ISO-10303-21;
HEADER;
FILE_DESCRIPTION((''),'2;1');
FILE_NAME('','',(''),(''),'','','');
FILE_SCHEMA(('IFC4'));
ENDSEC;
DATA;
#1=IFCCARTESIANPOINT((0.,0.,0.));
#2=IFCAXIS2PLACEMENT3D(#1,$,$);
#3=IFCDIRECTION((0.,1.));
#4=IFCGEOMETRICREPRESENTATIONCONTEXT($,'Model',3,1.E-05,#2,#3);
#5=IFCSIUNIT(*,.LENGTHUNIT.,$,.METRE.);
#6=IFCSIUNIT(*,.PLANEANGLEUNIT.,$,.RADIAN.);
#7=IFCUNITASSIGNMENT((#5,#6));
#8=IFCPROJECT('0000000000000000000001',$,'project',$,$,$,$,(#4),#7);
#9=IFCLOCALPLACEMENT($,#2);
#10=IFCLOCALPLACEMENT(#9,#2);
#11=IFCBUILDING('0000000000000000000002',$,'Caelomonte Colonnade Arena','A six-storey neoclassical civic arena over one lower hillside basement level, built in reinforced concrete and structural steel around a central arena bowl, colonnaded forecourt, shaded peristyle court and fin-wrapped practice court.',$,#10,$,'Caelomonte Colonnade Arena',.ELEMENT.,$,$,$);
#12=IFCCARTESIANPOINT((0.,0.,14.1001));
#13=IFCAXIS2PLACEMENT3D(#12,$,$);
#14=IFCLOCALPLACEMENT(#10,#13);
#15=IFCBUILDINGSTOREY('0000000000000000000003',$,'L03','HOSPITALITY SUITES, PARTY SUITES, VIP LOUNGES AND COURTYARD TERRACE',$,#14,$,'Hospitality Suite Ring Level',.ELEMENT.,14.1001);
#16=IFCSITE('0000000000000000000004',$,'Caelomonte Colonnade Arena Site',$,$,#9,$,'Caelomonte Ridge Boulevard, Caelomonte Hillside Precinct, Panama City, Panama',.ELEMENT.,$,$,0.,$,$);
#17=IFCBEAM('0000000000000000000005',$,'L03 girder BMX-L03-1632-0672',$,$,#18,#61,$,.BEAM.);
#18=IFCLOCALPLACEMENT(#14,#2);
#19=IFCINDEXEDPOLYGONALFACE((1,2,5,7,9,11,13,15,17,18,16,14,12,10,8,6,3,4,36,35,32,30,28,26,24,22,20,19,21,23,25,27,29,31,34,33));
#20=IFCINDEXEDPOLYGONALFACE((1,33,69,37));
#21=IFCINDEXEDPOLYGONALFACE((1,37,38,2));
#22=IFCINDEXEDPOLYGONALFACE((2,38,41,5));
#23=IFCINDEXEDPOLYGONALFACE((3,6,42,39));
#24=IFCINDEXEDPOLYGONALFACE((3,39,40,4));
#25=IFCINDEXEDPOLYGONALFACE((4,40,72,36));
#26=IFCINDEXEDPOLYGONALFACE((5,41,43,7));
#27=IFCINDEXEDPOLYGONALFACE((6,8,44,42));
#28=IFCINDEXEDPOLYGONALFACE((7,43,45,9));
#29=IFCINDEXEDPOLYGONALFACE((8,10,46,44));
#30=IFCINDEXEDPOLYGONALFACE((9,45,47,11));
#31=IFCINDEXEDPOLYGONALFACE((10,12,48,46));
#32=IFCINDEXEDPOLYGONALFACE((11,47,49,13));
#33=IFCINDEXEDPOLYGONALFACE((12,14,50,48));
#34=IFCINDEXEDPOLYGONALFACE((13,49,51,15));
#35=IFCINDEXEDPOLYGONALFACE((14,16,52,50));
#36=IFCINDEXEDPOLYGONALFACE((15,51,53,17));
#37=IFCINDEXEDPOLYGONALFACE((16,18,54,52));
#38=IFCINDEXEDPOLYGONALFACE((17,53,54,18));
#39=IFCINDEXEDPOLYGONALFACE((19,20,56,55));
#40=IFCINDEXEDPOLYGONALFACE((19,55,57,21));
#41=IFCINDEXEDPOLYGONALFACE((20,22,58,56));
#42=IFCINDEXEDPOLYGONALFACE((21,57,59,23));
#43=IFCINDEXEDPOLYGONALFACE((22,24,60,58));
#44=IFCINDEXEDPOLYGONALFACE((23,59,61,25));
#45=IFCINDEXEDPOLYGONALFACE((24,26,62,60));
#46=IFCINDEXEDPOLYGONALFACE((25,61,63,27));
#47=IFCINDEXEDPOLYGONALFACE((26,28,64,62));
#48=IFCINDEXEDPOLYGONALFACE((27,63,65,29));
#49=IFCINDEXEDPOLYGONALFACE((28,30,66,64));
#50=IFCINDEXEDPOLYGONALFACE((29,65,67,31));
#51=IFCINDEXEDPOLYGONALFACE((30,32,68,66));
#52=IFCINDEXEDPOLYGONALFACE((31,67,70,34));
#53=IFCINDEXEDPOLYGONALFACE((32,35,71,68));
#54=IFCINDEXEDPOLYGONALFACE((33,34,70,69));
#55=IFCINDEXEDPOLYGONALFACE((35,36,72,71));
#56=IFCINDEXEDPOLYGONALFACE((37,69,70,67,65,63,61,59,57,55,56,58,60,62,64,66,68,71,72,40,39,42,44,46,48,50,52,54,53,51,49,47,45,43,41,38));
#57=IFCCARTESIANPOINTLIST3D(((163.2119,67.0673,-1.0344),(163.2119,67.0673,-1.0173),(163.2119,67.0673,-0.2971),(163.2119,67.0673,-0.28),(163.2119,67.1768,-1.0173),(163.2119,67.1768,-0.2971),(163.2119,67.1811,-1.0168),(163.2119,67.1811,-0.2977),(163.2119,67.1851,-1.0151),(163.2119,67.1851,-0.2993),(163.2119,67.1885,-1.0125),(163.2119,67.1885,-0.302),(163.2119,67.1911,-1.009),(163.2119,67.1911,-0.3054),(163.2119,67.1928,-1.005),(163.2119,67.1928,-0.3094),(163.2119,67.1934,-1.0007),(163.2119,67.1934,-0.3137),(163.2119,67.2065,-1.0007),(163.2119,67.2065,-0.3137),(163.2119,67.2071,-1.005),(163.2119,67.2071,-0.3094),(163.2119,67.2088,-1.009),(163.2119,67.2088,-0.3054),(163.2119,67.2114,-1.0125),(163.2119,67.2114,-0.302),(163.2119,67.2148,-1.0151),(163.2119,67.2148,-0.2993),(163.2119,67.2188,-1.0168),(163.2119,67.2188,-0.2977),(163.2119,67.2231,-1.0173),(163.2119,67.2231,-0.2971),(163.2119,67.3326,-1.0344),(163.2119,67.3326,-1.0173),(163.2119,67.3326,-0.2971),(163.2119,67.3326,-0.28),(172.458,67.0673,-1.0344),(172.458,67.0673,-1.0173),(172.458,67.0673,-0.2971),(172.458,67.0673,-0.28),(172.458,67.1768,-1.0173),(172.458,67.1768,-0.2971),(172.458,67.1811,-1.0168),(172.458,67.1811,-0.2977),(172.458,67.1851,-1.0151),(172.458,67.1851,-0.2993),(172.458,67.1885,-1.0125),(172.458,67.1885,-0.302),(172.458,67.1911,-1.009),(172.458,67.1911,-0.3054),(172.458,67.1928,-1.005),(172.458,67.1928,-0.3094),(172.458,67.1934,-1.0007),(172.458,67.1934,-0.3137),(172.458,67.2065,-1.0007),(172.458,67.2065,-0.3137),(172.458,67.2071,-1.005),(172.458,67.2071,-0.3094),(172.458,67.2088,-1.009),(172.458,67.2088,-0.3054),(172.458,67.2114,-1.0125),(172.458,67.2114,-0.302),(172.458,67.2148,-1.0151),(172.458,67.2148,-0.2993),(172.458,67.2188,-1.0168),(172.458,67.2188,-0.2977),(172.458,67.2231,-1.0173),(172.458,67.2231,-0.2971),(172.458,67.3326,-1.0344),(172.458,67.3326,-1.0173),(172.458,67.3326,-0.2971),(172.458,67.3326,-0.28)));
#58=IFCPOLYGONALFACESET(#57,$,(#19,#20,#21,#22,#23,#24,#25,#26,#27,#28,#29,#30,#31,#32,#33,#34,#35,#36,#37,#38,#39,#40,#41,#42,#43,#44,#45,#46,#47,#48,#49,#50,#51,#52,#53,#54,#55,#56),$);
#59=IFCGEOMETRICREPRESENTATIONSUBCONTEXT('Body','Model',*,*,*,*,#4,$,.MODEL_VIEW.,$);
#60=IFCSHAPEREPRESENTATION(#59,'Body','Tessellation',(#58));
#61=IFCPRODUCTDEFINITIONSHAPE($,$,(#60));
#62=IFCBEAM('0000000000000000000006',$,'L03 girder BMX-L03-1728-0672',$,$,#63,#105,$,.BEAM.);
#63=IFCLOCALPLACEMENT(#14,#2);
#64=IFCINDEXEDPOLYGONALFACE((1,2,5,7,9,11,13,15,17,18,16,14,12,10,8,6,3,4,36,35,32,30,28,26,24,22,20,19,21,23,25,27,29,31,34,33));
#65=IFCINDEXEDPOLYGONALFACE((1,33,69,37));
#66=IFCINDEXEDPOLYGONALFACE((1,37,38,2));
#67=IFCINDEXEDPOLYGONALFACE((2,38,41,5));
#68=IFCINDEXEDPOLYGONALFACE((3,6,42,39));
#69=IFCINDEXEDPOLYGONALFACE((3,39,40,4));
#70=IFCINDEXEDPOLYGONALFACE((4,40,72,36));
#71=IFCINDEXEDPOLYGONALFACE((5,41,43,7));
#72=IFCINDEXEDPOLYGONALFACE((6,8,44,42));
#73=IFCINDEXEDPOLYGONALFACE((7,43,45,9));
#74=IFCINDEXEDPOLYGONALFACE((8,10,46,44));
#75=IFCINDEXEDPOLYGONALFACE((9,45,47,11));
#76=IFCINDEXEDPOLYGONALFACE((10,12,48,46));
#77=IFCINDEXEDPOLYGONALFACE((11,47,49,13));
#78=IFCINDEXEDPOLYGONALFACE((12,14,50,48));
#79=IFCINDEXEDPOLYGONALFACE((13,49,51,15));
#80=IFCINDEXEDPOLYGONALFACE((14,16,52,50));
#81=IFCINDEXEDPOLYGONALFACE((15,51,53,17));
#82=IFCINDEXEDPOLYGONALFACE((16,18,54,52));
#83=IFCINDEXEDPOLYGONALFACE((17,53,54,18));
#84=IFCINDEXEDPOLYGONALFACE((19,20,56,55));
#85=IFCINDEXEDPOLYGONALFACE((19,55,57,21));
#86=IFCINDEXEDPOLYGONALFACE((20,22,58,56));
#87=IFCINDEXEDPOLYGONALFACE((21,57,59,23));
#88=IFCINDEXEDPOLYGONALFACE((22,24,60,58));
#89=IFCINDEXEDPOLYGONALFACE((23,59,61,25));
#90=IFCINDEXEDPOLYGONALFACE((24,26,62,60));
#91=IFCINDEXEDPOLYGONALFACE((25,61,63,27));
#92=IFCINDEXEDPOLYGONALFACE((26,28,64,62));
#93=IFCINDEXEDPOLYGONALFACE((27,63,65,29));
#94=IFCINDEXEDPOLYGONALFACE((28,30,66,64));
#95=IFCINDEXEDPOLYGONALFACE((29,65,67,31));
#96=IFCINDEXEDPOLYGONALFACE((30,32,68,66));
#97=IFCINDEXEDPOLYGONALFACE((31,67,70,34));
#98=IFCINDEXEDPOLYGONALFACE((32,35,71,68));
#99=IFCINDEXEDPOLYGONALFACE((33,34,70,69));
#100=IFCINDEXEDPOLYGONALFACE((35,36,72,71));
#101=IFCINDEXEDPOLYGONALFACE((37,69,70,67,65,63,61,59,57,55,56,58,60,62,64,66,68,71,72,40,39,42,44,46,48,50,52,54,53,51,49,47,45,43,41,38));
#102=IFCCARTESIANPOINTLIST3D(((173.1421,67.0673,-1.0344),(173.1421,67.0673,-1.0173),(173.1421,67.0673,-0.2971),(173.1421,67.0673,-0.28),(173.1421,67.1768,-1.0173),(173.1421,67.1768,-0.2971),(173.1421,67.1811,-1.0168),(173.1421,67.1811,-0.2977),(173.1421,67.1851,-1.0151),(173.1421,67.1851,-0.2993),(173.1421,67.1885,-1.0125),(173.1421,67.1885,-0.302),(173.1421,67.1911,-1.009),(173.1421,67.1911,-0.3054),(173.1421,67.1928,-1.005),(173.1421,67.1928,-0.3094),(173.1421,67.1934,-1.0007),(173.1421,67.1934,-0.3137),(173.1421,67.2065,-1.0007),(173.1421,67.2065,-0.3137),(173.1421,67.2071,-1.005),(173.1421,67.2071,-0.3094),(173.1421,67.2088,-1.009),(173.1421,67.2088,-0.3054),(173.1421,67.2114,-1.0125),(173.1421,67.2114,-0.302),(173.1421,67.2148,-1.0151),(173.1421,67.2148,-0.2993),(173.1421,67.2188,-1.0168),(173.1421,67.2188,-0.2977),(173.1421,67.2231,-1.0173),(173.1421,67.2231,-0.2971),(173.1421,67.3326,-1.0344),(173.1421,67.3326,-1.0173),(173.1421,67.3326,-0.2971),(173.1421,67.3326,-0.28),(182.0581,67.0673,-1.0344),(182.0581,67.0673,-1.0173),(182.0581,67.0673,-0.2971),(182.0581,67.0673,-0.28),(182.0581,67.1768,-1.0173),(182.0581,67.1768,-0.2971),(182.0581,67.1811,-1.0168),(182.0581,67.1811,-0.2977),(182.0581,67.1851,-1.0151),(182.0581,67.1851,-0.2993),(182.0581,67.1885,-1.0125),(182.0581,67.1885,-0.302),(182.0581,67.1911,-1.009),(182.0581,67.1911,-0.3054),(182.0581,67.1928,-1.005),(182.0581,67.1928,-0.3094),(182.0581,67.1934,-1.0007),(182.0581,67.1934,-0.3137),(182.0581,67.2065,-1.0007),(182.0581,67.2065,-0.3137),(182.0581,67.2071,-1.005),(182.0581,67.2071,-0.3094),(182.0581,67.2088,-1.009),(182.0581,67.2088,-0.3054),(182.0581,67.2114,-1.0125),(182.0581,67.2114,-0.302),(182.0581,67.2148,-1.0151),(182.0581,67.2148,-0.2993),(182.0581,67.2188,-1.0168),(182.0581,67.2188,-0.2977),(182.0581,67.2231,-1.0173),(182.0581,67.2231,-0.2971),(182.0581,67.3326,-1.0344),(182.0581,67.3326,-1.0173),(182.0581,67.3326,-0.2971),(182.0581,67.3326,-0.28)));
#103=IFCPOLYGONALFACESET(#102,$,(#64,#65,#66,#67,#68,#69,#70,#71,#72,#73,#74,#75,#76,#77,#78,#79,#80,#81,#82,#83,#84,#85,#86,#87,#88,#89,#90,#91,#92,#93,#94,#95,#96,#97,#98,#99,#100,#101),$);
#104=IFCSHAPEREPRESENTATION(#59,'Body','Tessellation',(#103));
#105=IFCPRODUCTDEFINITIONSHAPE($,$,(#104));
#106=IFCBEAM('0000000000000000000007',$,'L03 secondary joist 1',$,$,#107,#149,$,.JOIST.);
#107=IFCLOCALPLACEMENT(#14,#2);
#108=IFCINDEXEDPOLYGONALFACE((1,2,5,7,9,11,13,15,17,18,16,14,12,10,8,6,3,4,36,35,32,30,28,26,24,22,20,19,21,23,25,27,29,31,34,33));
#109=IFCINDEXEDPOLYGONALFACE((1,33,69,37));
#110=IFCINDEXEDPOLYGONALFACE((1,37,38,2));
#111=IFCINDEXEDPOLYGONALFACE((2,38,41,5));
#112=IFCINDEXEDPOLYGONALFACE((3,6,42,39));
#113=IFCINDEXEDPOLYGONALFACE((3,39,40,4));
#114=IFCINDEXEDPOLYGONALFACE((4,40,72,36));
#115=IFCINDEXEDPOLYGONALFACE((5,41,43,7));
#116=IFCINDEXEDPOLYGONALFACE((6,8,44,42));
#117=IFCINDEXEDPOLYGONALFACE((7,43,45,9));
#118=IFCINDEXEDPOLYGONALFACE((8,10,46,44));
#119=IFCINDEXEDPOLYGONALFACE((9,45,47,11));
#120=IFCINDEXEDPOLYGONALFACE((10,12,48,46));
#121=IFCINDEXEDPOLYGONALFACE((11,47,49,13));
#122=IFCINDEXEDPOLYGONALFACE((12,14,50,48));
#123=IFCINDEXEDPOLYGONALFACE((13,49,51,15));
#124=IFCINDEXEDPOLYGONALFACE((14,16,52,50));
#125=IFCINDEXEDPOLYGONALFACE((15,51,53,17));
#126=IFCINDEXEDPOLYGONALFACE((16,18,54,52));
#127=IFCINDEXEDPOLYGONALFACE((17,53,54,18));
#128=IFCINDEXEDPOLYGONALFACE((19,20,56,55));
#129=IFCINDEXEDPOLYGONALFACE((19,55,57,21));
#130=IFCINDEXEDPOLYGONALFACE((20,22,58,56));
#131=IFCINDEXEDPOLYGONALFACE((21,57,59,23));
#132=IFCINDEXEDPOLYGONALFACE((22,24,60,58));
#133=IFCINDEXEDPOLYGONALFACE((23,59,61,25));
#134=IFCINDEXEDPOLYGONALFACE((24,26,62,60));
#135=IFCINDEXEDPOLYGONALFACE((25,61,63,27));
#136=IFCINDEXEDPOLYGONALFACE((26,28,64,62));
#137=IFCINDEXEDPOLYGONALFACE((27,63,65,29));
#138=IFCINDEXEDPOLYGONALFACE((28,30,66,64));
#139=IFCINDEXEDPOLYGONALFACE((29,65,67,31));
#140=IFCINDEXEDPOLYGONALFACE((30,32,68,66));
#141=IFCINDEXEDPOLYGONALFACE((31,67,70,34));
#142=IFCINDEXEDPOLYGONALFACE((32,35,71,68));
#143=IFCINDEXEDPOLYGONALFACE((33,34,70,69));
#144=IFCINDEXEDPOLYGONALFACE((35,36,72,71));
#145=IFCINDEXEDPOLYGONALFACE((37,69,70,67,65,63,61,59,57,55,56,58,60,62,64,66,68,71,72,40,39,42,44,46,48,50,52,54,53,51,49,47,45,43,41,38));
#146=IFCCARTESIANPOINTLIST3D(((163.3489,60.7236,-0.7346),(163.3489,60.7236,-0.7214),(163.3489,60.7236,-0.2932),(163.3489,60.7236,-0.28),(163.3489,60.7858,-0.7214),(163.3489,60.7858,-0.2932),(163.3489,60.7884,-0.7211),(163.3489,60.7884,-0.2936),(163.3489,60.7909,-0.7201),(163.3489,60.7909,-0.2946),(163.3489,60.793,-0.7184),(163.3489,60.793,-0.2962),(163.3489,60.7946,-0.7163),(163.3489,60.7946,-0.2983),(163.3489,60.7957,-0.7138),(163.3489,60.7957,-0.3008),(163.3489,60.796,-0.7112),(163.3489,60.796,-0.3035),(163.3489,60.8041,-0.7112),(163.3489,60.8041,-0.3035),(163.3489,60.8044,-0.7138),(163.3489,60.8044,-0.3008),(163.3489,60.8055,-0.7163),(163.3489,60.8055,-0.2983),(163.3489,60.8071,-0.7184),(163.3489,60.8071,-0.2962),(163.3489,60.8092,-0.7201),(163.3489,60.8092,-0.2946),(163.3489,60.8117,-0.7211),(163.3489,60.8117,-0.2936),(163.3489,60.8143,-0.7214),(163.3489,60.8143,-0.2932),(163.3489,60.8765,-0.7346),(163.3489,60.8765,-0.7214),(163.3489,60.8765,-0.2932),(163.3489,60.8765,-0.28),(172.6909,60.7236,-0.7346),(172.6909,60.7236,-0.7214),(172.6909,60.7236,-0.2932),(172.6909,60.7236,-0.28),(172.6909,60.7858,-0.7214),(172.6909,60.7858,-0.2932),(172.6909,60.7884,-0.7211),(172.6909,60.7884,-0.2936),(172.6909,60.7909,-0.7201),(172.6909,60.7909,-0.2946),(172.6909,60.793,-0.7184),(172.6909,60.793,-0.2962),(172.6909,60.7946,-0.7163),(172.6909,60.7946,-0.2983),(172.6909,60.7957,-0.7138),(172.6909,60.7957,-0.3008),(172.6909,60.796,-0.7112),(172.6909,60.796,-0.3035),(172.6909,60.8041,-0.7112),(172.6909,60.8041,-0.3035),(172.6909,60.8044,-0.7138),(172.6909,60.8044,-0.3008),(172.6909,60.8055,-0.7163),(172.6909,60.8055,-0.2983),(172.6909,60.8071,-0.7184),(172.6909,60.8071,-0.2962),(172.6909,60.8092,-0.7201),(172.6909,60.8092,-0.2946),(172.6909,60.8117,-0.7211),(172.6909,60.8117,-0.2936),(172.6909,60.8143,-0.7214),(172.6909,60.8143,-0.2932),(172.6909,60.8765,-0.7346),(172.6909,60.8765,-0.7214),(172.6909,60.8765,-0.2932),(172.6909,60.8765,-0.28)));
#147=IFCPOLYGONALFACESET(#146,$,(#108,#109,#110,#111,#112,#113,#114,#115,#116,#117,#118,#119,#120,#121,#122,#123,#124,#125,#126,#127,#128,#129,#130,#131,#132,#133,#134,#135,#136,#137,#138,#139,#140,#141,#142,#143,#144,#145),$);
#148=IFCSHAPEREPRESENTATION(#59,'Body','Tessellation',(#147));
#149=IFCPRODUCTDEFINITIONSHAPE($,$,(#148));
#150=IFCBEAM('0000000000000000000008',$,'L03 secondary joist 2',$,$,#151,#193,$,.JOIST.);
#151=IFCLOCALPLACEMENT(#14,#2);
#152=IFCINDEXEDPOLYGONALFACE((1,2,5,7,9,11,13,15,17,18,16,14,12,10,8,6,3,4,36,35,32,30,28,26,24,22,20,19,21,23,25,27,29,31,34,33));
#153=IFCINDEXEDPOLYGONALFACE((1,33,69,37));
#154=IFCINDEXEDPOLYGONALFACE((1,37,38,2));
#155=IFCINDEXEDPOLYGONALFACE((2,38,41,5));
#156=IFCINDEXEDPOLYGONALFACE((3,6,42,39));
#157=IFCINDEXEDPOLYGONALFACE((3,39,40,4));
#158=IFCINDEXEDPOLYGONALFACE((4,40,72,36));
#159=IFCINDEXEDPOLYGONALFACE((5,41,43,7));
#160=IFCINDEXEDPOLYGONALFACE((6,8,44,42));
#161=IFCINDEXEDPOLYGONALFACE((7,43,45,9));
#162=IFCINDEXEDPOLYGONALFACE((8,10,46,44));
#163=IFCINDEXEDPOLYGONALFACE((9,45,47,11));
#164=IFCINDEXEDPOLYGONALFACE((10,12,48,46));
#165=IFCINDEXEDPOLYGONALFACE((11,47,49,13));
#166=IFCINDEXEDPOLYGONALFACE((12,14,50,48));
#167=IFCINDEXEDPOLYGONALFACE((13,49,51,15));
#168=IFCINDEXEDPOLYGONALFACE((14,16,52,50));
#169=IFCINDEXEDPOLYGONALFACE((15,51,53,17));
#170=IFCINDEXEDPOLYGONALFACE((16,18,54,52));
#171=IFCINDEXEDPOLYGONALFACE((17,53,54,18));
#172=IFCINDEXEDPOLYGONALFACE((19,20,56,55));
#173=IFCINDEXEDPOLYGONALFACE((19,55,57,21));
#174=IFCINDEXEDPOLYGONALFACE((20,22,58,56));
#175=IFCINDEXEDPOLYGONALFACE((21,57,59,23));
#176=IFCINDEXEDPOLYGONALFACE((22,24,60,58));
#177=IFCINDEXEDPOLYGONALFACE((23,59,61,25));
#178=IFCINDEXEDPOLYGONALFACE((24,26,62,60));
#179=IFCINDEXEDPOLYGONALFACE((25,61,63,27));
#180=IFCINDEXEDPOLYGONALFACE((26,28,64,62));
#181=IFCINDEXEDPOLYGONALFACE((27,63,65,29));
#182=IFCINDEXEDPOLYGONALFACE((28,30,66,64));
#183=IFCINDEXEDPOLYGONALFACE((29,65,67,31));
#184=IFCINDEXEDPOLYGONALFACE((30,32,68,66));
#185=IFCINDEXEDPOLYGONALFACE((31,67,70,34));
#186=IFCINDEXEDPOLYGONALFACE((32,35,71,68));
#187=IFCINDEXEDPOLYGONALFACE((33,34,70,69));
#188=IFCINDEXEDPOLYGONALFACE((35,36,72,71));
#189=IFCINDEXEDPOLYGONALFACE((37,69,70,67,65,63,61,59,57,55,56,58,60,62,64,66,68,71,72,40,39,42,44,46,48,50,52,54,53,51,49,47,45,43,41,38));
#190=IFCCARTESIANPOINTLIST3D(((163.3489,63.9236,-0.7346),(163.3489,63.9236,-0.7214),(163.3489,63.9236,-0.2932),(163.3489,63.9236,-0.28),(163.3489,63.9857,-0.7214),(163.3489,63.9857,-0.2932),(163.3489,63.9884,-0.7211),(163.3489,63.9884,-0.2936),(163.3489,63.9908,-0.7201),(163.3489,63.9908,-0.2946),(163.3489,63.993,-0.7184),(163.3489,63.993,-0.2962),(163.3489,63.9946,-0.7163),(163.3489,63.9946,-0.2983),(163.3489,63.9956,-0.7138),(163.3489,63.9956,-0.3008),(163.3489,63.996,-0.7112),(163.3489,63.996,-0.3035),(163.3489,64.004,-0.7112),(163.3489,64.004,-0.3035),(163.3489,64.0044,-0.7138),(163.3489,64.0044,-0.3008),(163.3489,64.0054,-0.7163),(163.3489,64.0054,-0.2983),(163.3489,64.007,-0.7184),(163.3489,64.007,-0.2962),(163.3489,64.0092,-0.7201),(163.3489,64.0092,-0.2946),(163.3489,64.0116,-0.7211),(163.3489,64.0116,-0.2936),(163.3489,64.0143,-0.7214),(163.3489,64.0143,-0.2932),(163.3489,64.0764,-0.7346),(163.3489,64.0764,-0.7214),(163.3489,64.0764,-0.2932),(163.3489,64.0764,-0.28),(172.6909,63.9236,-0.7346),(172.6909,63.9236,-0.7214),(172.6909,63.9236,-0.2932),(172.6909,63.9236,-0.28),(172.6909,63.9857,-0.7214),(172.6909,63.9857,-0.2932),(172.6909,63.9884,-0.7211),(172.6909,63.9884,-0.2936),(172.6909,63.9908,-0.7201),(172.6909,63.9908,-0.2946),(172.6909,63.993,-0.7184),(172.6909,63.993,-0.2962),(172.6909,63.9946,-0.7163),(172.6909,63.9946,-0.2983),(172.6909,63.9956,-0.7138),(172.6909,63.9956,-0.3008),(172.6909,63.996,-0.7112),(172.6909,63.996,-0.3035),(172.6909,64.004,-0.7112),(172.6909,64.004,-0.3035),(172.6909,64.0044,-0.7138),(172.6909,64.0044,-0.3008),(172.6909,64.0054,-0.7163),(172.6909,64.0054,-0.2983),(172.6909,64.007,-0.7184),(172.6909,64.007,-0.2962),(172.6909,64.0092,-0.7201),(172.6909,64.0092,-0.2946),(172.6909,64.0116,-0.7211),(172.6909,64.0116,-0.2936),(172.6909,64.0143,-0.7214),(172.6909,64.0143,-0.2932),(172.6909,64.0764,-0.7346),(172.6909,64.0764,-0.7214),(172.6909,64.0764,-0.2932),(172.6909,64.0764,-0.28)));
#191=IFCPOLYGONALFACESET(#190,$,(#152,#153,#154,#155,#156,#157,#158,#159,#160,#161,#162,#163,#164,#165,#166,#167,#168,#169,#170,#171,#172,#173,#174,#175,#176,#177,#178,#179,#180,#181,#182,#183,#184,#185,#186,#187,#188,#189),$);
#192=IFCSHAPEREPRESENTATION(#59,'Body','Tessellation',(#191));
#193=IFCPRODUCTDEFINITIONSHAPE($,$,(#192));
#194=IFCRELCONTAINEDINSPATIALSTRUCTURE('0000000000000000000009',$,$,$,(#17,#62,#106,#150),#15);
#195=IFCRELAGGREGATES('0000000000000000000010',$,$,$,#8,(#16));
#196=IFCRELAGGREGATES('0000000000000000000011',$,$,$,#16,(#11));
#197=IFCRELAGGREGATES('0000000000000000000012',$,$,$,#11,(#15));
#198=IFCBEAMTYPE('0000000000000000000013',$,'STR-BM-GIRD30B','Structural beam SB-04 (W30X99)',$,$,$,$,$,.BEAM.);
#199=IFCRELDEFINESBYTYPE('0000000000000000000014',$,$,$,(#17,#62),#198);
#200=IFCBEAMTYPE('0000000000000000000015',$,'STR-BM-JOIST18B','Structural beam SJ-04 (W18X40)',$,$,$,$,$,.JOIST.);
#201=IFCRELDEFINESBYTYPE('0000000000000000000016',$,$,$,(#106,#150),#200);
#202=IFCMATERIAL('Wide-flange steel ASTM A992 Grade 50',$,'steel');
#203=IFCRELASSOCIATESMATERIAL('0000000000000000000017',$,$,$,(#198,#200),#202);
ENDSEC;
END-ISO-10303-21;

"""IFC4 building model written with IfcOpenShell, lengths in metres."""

from ifc_helpers import new_model, si_unit, direction, frame, origin, origin_2d, place, context, subcontext, project, spatial, i_section, extrude, material, material_profile, profile_set, type_object, element, save


model = new_model("IFC4")

# Units and contexts
model_context = context("Model", 3, precision=1e-05, world=origin(), true_north=direction((0.0, 1.0)))
body_context = subcontext(model_context, "Body", "Model", "MODEL_VIEW")
ifc_project = project(units=[si_unit("LENGTHUNIT", "METRE"), si_unit("PLANEANGLEUNIT", "RADIAN")], contexts=[model_context])

# Site, building, storey
site_placement = place(None, origin())
site = spatial("IfcSite", under=ifc_project, at=site_placement, Name="Caelomonte Colonnade Arena Site", LongName="Caelomonte Ridge Boulevard, Caelomonte Hillside Precinct, Panama City, Panama", CompositionType="ELEMENT", RefElevation=0.0)
building_placement = place(site_placement, origin())
building = spatial("IfcBuilding", under=site, at=building_placement, Name="Caelomonte Colonnade Arena", Description="A six-storey neoclassical civic arena over one lower hillside basement level, built in reinforced concrete and structural steel around a central arena bowl, colonnaded forecourt, shaded peristyle court and fin-wrapped practice court.", LongName="Caelomonte Colonnade Arena", CompositionType="ELEMENT")
storey_placement = place(building_placement, frame((0.0, 0.0, 14.1001)))
storey = spatial("IfcBuildingStorey", under=building, at=storey_placement, Name="L03", Description="HOSPITALITY SUITES, PARTY SUITES, VIP LOUNGES AND COURTYARD TERRACE", LongName="Hospitality Suite Ring Level", CompositionType="ELEMENT", Elevation=14.1001)

# Shared definitions
ifc_material_1 = material(Name="Wide-flange steel ASTM A992 Grade 50", Category="steel")

# Beams
ifc_material_profile_1 = material_profile(ifc_material_1, i_section(OverallWidth=0.2654, OverallDepth=0.7544, WebThickness=0.0132, FlangeThickness=0.0171, FilletRadius=0.0166, at=origin_2d()), Name="W30X99")
ifc_profile_set_1 = profile_set([ifc_material_profile_1], Name="Wide-flange steel ASTM A992 Grade 50")
beam_type_1 = type_object("IfcBeamType", Name="STR-BM-GIRD30B", Description="Structural beam SB-04 (W30X99)", PredefinedType="BEAM", material=ifc_profile_set_1)
beam_1_placement = place(storey_placement, frame((163.2119, 67.2, -0.6572), z_axis=(1.0, 0.0, 0.0), x_axis=(0.0, 1.0, 0.0)))
element("IfcBeam", 1, at=beam_1_placement, inside=storey, type_object=beam_type_1, Name="L03 girder BMX-L03-1632-0672", PredefinedType="BEAM", context=body_context, shape_type="SweptSolid", body=[
    extrude(i_section(OverallWidth=0.2654, OverallDepth=0.7544, WebThickness=0.0132, FlangeThickness=0.0171, FilletRadius=0.0166, at=origin_2d()), origin(), (0.0, 0.0, 1.0), 9.2461),
])
beam_2_placement = place(storey_placement, frame((173.1421, 67.2, -0.6572), z_axis=(1.0, 0.0, 0.0), x_axis=(0.0, 1.0, 0.0)))
element("IfcBeam", 2, at=beam_2_placement, inside=storey, type_object=beam_type_1, Name="L03 girder BMX-L03-1728-0672", PredefinedType="BEAM", context=body_context, shape_type="SweptSolid", body=[
    extrude(i_section(OverallWidth=0.2654, OverallDepth=0.7544, WebThickness=0.0132, FlangeThickness=0.0171, FilletRadius=0.0166, at=origin_2d()), origin(), (0.0, 0.0, 1.0), 8.916),
])
ifc_material_profile_2 = material_profile(ifc_material_1, i_section(OverallWidth=0.1528, OverallDepth=0.4546, WebThickness=0.0081, FlangeThickness=0.0132, FilletRadius=0.0103, at=origin_2d()), Name="W18X40")
ifc_profile_set_2 = profile_set([ifc_material_profile_2], Name="Wide-flange steel ASTM A992 Grade 50")
beam_type_2 = type_object("IfcBeamType", Name="STR-BM-JOIST18B", Description="Structural beam SJ-04 (W18X40)", PredefinedType="JOIST", material=ifc_profile_set_2)
for number, where, z_axis, x_axis, name in (
    (3, (163.3489, 60.8, -0.5073), (1.0, 0.0, 0.0), (0.0, 1.0, 0.0), "L03 secondary joist 1"),
    (4, (163.3489, 64.0, -0.5073), (1.0, 0.0, 0.0), (0.0, 1.0, 0.0), "L03 secondary joist 2"),
):
    element("IfcBeam", number, at=place(storey_placement, frame(where, z_axis=z_axis, x_axis=x_axis)), inside=storey, type_object=beam_type_2, Name=name, PredefinedType="JOIST", context=body_context, shape_type="SweptSolid", body=[
        extrude(i_section(OverallWidth=0.1528, OverallDepth=0.4546, WebThickness=0.0081, FlangeThickness=0.0132, FilletRadius=0.0103, at=origin_2d()), origin(), (0.0, 0.0, 1.0), 9.342),
    ])

save(model, "model.ifc")
